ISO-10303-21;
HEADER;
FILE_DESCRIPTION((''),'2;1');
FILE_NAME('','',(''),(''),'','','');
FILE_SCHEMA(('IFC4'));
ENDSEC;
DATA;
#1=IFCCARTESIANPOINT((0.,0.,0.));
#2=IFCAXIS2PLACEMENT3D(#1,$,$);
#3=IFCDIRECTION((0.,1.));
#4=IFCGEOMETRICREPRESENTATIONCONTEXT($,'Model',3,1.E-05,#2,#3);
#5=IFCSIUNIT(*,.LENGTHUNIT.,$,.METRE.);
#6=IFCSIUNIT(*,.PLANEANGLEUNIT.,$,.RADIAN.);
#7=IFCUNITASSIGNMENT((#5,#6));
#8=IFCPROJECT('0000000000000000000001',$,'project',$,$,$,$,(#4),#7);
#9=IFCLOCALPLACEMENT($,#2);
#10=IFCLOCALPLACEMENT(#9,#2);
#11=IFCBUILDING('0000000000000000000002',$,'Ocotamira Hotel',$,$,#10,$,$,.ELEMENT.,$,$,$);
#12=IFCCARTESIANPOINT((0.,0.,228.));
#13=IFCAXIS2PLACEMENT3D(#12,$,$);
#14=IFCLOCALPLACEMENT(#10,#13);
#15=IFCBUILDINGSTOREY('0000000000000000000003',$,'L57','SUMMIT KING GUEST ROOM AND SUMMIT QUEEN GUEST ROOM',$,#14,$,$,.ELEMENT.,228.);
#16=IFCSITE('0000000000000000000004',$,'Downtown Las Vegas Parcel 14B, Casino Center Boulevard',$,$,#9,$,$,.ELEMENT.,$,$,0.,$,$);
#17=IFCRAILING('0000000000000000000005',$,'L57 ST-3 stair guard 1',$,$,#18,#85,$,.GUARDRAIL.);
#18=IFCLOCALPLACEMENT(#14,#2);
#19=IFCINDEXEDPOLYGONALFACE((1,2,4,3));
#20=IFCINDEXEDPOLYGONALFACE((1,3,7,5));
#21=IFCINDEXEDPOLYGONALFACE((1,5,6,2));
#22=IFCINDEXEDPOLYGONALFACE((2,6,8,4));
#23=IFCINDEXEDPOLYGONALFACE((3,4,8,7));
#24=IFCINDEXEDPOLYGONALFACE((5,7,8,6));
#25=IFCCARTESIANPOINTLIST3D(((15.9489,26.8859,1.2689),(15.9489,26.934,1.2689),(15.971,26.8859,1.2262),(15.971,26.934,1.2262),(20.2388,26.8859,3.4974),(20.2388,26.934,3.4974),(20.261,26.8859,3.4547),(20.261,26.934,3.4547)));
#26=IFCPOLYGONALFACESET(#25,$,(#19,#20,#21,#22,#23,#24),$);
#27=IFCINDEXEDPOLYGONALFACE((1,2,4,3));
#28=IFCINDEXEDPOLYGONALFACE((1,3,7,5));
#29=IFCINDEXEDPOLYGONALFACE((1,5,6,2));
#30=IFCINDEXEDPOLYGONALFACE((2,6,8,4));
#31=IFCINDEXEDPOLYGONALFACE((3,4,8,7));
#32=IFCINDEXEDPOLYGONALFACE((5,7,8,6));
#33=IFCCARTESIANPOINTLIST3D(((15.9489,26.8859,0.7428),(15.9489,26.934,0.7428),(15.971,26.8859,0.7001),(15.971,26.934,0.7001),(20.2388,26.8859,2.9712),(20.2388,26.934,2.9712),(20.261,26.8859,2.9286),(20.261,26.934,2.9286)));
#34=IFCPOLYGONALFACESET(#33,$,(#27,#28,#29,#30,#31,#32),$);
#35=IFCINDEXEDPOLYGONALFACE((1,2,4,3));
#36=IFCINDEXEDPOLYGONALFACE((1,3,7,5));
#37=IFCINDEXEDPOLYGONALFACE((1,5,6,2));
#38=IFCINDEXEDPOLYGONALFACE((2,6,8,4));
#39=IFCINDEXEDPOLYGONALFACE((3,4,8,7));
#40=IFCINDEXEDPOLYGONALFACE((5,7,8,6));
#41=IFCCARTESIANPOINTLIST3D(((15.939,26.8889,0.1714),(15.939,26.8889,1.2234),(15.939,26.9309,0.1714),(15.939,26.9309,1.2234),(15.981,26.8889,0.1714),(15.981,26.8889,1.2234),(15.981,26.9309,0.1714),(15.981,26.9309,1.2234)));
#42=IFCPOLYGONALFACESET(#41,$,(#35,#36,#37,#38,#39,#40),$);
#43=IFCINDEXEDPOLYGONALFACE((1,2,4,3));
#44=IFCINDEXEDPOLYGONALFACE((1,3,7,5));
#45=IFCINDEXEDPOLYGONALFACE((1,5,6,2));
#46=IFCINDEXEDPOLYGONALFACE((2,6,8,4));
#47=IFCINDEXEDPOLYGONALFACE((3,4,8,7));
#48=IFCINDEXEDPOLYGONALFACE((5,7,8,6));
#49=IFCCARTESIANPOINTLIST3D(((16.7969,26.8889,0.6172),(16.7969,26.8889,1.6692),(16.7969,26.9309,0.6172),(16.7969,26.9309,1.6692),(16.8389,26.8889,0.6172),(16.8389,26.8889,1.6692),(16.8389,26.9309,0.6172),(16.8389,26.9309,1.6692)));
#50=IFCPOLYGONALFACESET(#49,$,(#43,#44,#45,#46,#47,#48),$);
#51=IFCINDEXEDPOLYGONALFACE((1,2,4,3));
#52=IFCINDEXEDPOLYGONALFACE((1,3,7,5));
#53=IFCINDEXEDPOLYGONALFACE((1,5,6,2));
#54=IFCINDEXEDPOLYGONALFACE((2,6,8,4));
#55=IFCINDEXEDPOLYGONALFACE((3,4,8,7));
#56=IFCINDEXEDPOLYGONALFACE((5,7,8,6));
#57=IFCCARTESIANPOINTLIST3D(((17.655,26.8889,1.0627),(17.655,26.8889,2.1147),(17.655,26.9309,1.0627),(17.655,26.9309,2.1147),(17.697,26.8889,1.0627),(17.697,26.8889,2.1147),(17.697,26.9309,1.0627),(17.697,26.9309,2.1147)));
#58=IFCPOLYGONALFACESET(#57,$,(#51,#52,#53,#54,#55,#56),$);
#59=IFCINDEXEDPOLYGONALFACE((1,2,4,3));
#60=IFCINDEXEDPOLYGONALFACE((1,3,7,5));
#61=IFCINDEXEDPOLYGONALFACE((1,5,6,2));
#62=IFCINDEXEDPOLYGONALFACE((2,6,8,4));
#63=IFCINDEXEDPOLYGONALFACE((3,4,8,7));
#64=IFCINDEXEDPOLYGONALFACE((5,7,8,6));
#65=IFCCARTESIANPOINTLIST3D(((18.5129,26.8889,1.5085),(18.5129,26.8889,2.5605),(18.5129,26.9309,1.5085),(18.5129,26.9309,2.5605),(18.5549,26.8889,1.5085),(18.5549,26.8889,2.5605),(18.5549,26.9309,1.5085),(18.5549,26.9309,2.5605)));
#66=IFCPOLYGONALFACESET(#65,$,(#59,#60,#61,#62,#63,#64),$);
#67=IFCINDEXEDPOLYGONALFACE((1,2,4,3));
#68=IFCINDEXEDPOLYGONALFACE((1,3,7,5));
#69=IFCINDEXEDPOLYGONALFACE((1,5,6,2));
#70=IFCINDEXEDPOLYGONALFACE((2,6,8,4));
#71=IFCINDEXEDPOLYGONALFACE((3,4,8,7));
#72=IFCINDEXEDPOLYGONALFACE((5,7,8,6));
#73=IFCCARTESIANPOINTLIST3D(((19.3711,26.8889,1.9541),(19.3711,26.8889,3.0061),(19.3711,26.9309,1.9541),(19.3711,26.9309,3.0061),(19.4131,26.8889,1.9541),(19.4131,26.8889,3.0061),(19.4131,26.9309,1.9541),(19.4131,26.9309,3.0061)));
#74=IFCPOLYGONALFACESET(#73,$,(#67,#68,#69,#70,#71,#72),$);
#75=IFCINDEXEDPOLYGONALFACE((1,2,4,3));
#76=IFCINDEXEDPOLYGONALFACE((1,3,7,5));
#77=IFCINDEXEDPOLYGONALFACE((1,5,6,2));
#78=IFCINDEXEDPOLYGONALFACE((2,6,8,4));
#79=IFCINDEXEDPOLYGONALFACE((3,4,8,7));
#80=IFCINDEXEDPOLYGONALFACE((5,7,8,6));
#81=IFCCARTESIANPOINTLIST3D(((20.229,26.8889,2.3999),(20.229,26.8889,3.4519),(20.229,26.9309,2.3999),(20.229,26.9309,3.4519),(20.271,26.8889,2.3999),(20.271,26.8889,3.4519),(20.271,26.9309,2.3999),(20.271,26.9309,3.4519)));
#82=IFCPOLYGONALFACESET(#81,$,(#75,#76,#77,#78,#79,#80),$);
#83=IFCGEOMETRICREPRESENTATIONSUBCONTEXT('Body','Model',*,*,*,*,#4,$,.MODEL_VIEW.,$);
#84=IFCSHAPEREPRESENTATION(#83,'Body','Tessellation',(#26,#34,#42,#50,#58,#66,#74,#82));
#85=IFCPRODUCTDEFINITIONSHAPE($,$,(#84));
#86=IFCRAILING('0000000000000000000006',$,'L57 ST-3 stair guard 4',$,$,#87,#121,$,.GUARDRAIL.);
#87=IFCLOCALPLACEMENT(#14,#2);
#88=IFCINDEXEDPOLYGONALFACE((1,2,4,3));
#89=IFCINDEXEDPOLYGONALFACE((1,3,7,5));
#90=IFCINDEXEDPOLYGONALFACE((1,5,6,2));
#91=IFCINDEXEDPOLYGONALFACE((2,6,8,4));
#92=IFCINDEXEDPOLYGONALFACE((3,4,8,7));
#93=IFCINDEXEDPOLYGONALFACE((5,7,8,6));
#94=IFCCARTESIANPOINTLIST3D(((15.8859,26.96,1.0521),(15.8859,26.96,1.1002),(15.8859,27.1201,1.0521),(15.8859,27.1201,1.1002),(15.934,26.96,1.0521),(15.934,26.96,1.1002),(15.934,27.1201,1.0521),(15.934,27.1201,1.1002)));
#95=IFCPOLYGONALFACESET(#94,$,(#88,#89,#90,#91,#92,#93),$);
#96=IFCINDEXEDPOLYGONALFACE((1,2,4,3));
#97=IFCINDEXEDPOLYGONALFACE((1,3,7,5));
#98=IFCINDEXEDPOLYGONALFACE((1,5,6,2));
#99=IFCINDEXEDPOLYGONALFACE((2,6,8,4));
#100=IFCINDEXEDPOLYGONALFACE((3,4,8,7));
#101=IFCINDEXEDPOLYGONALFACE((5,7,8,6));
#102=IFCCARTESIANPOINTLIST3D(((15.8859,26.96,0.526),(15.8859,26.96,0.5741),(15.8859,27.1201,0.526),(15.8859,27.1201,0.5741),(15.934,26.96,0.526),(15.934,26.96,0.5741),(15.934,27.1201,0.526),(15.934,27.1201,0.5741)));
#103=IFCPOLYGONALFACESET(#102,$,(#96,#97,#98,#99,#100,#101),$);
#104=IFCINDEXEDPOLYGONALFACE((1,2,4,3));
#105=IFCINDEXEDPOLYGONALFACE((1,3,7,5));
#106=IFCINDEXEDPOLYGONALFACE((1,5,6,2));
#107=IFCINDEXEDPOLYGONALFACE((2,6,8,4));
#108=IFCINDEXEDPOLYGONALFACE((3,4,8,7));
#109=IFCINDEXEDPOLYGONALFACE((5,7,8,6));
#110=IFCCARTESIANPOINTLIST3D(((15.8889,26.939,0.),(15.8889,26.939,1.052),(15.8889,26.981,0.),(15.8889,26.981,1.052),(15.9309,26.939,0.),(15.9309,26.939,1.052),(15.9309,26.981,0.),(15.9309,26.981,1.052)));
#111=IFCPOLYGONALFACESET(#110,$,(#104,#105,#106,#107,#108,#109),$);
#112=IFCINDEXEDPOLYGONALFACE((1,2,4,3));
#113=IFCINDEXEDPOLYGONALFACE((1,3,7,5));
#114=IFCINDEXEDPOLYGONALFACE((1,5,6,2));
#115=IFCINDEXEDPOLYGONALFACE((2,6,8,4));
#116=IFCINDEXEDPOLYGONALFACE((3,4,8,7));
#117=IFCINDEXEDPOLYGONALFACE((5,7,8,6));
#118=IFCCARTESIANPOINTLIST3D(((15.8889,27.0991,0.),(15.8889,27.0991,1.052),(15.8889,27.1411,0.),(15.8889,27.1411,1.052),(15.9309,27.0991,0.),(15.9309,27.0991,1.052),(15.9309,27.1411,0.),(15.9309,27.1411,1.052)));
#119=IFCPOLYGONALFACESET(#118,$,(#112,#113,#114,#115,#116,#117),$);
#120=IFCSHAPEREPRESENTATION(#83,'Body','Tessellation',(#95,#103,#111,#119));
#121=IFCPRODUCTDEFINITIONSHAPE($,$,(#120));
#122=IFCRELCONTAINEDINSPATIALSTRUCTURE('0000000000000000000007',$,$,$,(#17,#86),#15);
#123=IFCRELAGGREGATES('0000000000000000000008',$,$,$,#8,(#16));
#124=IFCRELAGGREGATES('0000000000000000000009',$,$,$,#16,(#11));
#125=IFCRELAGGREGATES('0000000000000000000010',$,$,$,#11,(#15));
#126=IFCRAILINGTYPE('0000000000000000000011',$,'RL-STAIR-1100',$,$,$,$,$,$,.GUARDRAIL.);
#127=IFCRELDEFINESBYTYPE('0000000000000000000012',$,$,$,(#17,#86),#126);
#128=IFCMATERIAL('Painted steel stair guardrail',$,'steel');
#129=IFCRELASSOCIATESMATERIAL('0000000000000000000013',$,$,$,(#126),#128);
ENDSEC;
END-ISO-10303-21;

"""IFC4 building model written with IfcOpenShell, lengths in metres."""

from ifc_helpers import new_model, si_unit, direction, frame, origin, origin_2d, place, context, subcontext, project, spatial, rectangle, extrude, material, type_object, element, save


model = new_model("IFC4")

# Units and contexts
model_context = context("Model", 3, precision=1e-05, world=origin(), true_north=direction((0.0, 1.0)))
body_context = subcontext(model_context, "Body", "Model", "MODEL_VIEW")
ifc_project = project(units=[si_unit("LENGTHUNIT", "METRE"), si_unit("PLANEANGLEUNIT", "RADIAN")], contexts=[model_context])

# Site, building, storey
site_placement = place(None, origin())
site = spatial("IfcSite", under=ifc_project, at=site_placement, Name="Downtown Las Vegas Parcel 14B, Casino Center Boulevard", CompositionType="ELEMENT", RefElevation=0.0)
building_placement = place(site_placement, origin())
building = spatial("IfcBuilding", under=site, at=building_placement, Name="Ocotamira Hotel", CompositionType="ELEMENT")
storey_placement = place(building_placement, frame((0.0, 0.0, 228.0)))
storey = spatial("IfcBuildingStorey", under=building, at=storey_placement, Name="L57", Description="SUMMIT KING GUEST ROOM AND SUMMIT QUEEN GUEST ROOM", CompositionType="ELEMENT", Elevation=228.0)

# Railings
ifc_material_1 = material(Name="Painted steel stair guardrail", Category="steel")
railing_type_1 = type_object("IfcRailingType", Name="RL-STAIR-1100", PredefinedType="GUARDRAIL", material=ifc_material_1)
railing_1_placement = place(storey_placement, frame((15.96, 26.9099, 0.1714)))
element("IfcRailing", 1, at=railing_1_placement, inside=storey, type_object=railing_type_1, Name="L57 ST-3 stair guard 1", PredefinedType="GUARDRAIL", context=body_context, shape_type="SweptSolid", body=[
    extrude(rectangle(XDim=0.0481, YDim=0.0481, at=origin_2d()), frame((0.0, 0.0, 1.0762), z_axis=(0.887412, 0.0, 0.460977), x_axis=(0.0, 1.0, 0.0)), (0.0, 0.0, 1.0), 4.8342),
    extrude(rectangle(XDim=0.0481, YDim=0.0481, at=origin_2d()), frame((0.0, 0.0, 0.55), z_axis=(0.887412, 0.0, 0.460977), x_axis=(0.0, 1.0, 0.0)), (0.0, 0.0, 1.0), 4.8342),
    extrude(rectangle(XDim=0.042, YDim=0.042, at=origin_2d()), origin(), (0.0, 0.0, 1.0), 1.052),
    extrude(rectangle(XDim=0.042, YDim=0.042, at=origin_2d()), frame((0.8579, 0.0, 0.4458)), (0.0, 0.0, 1.0), 1.052),
    extrude(rectangle(XDim=0.042, YDim=0.042, at=origin_2d()), frame((1.7161, 0.0, 0.8914)), (0.0, 0.0, 1.0), 1.052),
    extrude(rectangle(XDim=0.042, YDim=0.042, at=origin_2d()), frame((2.574, 0.0, 1.3372)), (0.0, 0.0, 1.0), 1.052),
    extrude(rectangle(XDim=0.042, YDim=0.042, at=origin_2d()), frame((3.4321, 0.0, 1.7827)), (0.0, 0.0, 1.0), 1.052),
    extrude(rectangle(XDim=0.042, YDim=0.042, at=origin_2d()), frame((4.29, 0.0, 2.2285)), (0.0, 0.0, 1.0), 1.052),
])
railing_2_placement = place(storey_placement, frame((15.9099, 26.96, 0.0)))
element("IfcRailing", 2, at=railing_2_placement, inside=storey, type_object=railing_type_1, Name="L57 ST-3 stair guard 4", PredefinedType="GUARDRAIL", context=body_context, shape_type="SweptSolid", body=[
    extrude(rectangle(XDim=0.0481, YDim=0.0481, at=origin_2d()), frame((0.0, 0.0, 1.0762), z_axis=(0.0, 1.0, 0.0), x_axis=(-1.0, 0.0, 0.0)), (0.0, 0.0, 1.0), 0.1602),
    extrude(rectangle(XDim=0.0481, YDim=0.0481, at=origin_2d()), frame((0.0, 0.0, 0.55), z_axis=(0.0, 1.0, 0.0), x_axis=(-1.0, 0.0, 0.0)), (0.0, 0.0, 1.0), 0.1602),
    extrude(rectangle(XDim=0.042, YDim=0.042, at=origin_2d()), origin(), (0.0, 0.0, 1.0), 1.052),
    extrude(rectangle(XDim=0.042, YDim=0.042, at=origin_2d()), frame((0.0, 0.1602, 0.0)), (0.0, 0.0, 1.0), 1.052),
])

save(model, "model.ifc")
